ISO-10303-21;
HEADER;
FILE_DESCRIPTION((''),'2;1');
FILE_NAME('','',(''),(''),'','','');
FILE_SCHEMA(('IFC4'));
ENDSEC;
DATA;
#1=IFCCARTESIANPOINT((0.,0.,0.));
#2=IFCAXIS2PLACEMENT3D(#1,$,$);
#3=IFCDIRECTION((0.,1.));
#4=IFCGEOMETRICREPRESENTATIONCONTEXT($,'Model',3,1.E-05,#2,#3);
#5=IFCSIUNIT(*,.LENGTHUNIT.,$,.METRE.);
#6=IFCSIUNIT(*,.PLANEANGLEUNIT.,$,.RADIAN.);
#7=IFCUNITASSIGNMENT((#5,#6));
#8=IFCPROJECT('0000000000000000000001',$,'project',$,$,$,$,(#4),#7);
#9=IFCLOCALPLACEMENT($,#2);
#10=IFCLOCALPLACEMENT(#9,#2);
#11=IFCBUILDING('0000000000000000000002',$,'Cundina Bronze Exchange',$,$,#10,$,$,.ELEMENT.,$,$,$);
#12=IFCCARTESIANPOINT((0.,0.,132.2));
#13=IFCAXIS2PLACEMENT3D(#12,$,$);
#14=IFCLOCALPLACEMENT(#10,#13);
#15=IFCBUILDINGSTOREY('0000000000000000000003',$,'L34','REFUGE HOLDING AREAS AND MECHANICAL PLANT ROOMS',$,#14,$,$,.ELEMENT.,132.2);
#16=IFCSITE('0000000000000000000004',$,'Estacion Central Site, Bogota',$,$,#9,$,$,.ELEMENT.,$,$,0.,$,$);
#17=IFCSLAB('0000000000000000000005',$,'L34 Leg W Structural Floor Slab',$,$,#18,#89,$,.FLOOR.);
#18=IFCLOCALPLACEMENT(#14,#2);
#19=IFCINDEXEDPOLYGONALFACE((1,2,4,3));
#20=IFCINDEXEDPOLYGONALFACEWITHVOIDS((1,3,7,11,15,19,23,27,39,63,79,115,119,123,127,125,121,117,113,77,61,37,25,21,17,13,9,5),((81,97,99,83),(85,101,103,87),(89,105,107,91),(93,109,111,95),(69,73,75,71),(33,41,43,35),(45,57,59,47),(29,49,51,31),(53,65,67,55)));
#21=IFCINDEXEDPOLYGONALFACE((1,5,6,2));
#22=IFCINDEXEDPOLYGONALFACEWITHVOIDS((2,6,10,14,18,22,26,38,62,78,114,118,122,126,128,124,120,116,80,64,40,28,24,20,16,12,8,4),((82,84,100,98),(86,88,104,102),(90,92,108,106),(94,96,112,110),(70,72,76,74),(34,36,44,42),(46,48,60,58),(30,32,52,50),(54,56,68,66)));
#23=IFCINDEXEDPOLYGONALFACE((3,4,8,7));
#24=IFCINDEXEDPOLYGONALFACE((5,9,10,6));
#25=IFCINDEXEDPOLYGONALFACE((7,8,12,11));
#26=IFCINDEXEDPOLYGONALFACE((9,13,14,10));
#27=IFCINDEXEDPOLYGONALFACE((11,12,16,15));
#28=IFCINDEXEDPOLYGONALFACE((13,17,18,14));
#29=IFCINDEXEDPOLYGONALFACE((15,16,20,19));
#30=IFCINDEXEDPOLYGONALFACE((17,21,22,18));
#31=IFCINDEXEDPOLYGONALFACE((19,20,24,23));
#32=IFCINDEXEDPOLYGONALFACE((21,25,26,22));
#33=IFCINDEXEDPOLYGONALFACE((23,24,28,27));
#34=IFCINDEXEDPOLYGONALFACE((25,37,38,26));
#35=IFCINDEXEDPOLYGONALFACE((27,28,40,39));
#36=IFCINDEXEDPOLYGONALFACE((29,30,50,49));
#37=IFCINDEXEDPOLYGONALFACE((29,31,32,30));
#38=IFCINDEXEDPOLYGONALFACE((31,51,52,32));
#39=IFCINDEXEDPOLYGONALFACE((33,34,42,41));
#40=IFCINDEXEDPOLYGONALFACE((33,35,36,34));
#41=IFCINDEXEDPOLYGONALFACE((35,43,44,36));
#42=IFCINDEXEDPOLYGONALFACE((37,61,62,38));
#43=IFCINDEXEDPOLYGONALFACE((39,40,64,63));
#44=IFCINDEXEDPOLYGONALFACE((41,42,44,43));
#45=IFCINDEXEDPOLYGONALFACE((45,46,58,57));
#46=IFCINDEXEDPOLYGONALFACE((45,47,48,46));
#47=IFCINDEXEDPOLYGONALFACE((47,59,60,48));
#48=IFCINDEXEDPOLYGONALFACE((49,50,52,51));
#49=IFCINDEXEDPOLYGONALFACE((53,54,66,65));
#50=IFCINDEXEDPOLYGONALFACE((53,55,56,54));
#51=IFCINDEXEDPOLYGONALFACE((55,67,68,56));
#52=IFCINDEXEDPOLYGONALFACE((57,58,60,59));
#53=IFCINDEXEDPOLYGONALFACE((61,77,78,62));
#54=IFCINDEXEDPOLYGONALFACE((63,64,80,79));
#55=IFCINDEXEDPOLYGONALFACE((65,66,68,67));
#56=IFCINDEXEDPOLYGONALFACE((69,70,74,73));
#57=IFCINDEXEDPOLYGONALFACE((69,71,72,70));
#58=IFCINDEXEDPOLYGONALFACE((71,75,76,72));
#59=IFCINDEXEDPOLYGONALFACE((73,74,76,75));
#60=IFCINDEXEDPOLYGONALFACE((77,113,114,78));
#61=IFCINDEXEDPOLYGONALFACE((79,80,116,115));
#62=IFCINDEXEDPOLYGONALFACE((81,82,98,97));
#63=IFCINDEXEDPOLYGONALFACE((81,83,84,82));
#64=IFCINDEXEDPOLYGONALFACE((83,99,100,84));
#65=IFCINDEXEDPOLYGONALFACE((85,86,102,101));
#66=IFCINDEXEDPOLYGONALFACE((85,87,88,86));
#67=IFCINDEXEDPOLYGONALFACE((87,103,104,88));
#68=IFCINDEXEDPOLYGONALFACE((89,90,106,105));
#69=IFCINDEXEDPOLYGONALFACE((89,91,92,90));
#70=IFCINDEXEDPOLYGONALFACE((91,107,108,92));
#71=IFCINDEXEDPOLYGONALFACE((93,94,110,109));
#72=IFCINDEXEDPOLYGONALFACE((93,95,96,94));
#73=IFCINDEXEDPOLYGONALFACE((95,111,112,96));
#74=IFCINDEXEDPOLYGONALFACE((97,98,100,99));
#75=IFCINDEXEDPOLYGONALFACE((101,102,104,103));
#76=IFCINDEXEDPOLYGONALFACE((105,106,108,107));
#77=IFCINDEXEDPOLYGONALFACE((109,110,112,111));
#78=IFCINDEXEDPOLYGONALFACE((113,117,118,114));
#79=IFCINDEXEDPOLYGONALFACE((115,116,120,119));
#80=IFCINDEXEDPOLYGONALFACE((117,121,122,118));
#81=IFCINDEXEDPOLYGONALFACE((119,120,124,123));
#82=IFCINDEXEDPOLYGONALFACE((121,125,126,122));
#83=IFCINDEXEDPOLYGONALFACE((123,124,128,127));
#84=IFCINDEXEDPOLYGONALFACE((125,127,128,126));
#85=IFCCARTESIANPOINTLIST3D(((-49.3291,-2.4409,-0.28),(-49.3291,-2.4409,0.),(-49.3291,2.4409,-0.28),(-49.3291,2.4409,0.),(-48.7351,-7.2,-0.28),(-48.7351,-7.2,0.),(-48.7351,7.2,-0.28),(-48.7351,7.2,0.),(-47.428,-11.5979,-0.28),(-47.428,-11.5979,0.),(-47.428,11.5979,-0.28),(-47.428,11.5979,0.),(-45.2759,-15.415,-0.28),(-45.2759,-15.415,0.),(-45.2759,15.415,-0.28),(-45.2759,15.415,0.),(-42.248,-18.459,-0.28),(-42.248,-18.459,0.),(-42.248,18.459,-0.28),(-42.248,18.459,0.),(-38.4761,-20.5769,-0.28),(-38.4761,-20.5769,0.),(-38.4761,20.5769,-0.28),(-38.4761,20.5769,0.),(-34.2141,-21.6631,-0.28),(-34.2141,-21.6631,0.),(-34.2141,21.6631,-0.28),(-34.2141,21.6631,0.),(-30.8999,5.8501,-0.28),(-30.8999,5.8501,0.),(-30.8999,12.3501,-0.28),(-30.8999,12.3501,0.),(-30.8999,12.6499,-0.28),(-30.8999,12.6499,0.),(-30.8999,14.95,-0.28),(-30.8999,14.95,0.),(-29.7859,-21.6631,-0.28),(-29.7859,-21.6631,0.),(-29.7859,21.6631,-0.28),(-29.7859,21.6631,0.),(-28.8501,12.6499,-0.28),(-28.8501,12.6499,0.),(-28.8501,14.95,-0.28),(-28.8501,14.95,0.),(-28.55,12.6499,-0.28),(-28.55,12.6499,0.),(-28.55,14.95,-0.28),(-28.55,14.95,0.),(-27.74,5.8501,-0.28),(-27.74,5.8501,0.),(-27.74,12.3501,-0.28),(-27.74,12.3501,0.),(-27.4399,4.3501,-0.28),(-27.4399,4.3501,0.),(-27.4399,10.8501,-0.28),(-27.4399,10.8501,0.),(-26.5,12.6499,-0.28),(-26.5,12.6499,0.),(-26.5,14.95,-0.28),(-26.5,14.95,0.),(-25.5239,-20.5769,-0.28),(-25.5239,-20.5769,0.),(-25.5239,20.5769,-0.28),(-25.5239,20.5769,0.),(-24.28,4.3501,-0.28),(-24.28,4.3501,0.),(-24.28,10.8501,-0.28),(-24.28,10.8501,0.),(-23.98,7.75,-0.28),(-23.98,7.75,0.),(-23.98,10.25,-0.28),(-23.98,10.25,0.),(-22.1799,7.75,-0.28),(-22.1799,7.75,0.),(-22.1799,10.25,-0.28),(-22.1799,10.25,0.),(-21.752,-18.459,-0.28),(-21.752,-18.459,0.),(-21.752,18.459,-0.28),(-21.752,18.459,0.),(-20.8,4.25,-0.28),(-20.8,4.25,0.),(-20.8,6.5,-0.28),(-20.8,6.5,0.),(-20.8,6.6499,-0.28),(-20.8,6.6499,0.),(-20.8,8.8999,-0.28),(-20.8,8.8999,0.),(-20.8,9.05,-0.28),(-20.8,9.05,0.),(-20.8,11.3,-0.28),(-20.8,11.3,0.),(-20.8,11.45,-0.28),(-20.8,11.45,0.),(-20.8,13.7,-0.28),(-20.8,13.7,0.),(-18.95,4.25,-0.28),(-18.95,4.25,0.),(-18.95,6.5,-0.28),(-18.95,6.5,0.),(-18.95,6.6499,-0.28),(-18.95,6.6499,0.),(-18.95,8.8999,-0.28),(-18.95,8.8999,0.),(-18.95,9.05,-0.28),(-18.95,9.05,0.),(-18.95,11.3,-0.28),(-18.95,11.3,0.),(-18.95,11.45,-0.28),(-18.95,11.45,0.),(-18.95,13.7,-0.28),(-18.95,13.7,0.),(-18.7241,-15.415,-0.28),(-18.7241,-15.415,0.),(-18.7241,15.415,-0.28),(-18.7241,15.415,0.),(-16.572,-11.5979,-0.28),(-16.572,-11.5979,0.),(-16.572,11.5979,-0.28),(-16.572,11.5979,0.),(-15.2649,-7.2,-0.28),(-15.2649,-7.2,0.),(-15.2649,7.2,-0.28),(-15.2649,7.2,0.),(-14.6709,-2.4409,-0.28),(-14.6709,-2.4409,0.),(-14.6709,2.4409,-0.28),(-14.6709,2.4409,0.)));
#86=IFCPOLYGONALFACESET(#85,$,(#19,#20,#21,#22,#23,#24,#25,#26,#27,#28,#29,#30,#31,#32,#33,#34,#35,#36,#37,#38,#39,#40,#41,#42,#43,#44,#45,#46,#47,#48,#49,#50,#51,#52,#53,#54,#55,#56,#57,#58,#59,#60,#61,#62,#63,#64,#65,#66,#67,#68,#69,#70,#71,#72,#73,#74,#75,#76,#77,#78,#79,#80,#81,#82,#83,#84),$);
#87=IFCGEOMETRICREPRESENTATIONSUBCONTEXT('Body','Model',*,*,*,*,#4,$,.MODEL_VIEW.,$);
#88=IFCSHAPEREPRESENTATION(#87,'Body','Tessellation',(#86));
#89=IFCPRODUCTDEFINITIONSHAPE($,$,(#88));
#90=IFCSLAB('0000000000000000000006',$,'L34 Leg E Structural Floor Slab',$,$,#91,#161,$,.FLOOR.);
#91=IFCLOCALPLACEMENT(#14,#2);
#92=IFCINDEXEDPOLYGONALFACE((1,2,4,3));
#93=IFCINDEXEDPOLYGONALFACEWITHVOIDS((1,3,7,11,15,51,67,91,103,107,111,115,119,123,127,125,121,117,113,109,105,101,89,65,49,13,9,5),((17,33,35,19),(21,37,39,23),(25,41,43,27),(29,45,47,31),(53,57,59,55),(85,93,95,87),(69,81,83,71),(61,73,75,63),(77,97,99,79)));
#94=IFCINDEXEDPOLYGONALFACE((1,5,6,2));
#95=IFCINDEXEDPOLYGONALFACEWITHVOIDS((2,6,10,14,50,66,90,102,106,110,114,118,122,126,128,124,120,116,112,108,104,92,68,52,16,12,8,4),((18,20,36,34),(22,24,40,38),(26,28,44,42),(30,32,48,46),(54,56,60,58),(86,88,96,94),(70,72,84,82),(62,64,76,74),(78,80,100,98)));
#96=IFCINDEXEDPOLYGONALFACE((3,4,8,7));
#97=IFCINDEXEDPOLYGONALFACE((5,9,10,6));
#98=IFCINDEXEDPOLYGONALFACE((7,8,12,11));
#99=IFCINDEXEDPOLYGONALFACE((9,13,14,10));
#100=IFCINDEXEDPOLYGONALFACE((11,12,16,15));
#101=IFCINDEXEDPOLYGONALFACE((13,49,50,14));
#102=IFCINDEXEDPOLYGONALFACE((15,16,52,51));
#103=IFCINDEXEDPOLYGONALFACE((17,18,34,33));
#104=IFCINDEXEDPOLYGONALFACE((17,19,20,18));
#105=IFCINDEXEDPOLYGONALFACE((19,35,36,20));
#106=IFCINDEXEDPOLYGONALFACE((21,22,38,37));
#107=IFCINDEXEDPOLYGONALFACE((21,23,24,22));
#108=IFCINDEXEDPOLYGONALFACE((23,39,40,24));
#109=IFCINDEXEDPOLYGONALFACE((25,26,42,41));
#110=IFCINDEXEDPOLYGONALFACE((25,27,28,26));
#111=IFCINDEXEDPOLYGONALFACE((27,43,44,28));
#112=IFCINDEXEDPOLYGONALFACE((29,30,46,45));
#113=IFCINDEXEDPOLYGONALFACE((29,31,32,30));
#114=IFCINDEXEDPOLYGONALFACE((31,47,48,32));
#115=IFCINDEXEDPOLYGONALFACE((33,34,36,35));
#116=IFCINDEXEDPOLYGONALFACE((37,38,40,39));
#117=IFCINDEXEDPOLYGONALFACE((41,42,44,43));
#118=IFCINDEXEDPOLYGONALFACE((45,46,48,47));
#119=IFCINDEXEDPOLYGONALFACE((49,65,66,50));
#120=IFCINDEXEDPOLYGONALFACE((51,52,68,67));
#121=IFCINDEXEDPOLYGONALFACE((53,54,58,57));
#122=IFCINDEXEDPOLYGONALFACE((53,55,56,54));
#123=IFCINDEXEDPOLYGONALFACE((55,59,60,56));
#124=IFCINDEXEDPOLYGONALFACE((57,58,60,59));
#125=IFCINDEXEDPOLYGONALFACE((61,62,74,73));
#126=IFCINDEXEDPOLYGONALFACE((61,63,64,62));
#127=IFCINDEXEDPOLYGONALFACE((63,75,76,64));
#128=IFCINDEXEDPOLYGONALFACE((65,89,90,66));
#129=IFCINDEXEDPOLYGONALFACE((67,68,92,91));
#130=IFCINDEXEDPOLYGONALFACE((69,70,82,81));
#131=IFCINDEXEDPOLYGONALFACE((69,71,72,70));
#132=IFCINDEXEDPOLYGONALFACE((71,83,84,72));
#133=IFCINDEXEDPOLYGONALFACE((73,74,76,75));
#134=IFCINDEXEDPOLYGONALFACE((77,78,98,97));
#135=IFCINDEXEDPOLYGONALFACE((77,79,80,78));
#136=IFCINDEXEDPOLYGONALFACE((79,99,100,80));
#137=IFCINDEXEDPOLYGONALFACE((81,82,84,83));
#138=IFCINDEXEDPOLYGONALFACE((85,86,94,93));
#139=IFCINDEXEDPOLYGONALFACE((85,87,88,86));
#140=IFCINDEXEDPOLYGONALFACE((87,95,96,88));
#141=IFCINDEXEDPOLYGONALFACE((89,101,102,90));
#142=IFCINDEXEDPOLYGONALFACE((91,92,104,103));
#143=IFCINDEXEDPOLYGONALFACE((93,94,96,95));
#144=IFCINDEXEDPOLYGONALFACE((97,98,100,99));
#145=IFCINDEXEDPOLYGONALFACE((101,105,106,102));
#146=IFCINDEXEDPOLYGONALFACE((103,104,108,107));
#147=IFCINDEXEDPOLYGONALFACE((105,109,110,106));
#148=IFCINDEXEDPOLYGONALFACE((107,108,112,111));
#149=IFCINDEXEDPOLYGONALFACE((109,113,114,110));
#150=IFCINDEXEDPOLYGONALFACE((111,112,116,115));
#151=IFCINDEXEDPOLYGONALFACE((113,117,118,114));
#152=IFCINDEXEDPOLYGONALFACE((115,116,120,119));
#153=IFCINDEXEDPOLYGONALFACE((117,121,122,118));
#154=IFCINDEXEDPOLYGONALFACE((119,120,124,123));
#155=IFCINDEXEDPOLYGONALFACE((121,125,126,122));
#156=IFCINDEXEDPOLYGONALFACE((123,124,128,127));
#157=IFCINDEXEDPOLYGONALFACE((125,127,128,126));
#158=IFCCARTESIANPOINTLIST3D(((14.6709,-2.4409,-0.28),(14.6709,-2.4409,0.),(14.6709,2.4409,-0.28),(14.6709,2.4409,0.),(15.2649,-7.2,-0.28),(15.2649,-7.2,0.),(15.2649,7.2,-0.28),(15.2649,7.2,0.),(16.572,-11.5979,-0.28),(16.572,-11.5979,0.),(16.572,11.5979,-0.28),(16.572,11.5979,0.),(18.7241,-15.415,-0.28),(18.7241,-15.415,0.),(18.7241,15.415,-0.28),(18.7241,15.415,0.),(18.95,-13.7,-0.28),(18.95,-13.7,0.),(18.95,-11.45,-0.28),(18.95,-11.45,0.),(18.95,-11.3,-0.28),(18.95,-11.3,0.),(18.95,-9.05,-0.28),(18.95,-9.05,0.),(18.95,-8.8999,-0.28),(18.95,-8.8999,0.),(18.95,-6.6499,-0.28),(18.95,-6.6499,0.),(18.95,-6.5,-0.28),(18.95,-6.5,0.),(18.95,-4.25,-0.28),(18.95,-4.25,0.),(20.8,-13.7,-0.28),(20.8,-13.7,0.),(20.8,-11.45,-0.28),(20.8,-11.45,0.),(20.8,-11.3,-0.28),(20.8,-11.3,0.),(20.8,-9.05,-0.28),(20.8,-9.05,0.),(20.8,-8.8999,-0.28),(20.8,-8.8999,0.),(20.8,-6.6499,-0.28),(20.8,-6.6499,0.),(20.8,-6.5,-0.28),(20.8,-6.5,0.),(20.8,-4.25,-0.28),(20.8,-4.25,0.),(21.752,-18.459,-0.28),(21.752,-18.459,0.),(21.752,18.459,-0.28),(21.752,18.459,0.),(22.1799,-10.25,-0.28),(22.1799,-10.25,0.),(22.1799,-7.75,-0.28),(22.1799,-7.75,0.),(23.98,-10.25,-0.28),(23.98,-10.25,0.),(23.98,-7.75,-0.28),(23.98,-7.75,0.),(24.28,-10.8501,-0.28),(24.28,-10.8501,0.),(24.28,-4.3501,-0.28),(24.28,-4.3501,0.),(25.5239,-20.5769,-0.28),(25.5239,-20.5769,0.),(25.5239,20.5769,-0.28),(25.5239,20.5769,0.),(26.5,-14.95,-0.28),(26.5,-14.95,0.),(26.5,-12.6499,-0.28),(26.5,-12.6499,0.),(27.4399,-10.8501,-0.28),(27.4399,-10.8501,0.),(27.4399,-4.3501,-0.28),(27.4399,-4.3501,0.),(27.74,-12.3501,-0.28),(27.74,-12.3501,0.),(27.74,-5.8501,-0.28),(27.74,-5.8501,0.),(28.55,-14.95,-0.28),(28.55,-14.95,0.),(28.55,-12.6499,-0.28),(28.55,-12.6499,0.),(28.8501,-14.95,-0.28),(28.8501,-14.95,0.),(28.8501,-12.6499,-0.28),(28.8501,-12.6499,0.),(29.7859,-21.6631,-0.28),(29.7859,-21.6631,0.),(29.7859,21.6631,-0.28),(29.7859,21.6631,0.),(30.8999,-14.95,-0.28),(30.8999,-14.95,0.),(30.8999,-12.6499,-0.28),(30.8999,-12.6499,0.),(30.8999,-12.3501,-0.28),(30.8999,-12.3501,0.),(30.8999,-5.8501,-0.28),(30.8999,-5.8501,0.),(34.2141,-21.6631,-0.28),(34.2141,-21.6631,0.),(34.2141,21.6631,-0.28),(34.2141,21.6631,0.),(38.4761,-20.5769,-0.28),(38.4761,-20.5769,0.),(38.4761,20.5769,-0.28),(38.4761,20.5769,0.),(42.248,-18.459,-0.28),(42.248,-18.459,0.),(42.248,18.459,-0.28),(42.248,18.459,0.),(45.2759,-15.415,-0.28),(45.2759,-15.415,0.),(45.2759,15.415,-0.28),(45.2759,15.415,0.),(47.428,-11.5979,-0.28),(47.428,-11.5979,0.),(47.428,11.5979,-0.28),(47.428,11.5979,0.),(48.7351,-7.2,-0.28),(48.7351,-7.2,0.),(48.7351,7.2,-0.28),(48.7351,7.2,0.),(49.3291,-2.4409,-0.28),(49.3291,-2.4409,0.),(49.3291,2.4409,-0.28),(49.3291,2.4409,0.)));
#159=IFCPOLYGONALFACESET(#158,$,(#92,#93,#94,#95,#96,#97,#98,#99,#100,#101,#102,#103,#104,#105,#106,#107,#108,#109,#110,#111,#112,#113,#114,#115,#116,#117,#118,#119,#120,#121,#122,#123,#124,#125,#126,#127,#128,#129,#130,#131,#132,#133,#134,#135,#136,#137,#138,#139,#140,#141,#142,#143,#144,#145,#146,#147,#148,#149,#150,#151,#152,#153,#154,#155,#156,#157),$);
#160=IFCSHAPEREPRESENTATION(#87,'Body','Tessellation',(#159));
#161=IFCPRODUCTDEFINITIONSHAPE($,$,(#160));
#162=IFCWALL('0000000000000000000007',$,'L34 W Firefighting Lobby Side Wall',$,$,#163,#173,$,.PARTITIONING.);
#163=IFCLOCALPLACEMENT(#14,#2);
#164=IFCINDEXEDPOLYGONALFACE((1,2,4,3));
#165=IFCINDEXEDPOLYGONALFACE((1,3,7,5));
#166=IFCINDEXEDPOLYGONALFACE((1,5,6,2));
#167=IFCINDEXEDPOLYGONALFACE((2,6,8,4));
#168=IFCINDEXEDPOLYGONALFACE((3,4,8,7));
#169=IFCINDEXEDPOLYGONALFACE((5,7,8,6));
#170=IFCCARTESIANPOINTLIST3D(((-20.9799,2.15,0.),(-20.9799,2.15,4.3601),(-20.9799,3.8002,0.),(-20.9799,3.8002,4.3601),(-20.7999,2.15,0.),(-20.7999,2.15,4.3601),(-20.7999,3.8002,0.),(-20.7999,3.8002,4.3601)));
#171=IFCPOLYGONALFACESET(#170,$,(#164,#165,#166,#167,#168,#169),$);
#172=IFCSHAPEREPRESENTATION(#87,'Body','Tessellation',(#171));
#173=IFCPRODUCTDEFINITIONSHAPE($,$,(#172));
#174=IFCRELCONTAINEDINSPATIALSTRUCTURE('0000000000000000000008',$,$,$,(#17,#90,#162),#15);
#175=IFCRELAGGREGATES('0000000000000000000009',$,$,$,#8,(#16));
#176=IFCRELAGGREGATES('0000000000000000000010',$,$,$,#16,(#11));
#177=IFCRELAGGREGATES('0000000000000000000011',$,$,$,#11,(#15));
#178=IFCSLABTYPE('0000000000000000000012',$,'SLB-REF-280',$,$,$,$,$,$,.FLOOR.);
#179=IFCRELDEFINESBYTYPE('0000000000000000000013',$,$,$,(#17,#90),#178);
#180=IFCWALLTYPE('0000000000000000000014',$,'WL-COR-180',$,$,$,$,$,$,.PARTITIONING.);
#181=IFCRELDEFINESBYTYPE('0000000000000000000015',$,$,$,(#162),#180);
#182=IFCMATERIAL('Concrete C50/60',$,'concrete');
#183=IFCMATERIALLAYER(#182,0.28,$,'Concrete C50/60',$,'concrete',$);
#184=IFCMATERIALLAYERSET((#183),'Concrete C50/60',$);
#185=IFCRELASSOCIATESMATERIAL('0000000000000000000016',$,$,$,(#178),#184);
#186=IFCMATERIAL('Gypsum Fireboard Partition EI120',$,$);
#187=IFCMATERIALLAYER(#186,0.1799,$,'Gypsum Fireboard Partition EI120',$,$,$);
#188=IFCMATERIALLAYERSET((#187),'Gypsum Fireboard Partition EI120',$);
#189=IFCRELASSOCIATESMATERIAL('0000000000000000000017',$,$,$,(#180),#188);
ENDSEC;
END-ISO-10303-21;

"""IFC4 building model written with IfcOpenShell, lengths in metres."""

from ifc_helpers import new_model, si_unit, direction, frame, frame_2d, origin, place, context, subcontext, project, spatial, polyline, rectangle, outline, extrude, material, layer, layer_set, type_object, element, save


model = new_model("IFC4")

# Units and contexts
model_context = context("Model", 3, precision=1e-05, world=origin(), true_north=direction((0.0, 1.0)))
body_context = subcontext(model_context, "Body", "Model", "MODEL_VIEW")
ifc_project = project(units=[si_unit("LENGTHUNIT", "METRE"), si_unit("PLANEANGLEUNIT", "RADIAN")], contexts=[model_context])

# Site, building, storey
site_placement = place(None, origin())
site = spatial("IfcSite", under=ifc_project, at=site_placement, Name="Estacion Central Site, Bogota", CompositionType="ELEMENT", RefElevation=0.0)
building_placement = place(site_placement, origin())
building = spatial("IfcBuilding", under=site, at=building_placement, Name="Cundina Bronze Exchange", CompositionType="ELEMENT")
storey_placement = place(building_placement, frame((0.0, 0.0, 132.2)))
storey = spatial("IfcBuildingStorey", under=building, at=storey_placement, Name="L34", Description="REFUGE HOLDING AREAS AND MECHANICAL PLANT ROOMS", CompositionType="ELEMENT", Elevation=132.2)

# Slabs
ifc_material_1 = material(Name="Concrete C50/60", Category="concrete")
ifc_layer_1 = layer(ifc_material_1, 0.28, Name="Concrete C50/60", Category="concrete")
ifc_layer_set_1 = layer_set([ifc_layer_1], Name="Concrete C50/60")
slab_type = type_object("IfcSlabType", Name="SLB-REF-280", PredefinedType="FLOOR", material=ifc_layer_set_1)
slab_1_placement = place(storey_placement, frame((0.0, 0.0, -0.28)))
element("IfcSlab", 1, at=slab_1_placement, inside=storey, type_object=slab_type, Name="L34 Leg W Structural Floor Slab", PredefinedType="FLOOR", context=body_context, shape_type="SweptSolid", body=[
    extrude(outline(polyline([(-14.6709, 2.4409), (-15.2649, 7.2), (-16.572, 11.5979), (-18.7241, 15.415), (-21.752, 18.459), (-25.5239, 20.5769), (-29.7859, 21.6631), (-34.2141, 21.6631), (-38.4761, 20.5769), (-42.248, 18.459), (-45.2759, 15.415), (-47.428, 11.5979), (-48.7351, 7.2), (-49.3291, 2.4409), (-49.3291, -2.4409), (-48.7351, -7.2), (-47.428, -11.5979), (-45.2759, -15.415), (-42.248, -18.459), (-38.4761, -20.5769), (-34.2141, -21.6631), (-29.7859, -21.6631), (-25.5239, -20.5769), (-21.752, -18.459), (-18.7241, -15.415), (-16.572, -11.5979), (-15.2649, -7.2), (-14.6709, -2.4409), (-14.6709, 2.4409)]), holes=[polyline([(-27.74, 5.8501), (-27.74, 12.3501), (-30.8999, 12.3501), (-30.8999, 5.8501), (-27.74, 5.8501)]), polyline([(-27.4399, 10.8501), (-27.4399, 4.3501), (-24.28, 4.3501), (-24.28, 10.8501), (-27.4399, 10.8501)]), polyline([(-23.98, 10.25), (-22.1799, 10.25), (-22.1799, 7.75), (-23.98, 7.75), (-23.98, 10.25)]), polyline([(-30.8999, 14.95), (-28.8501, 14.95), (-28.8501, 12.6499), (-30.8999, 12.6499), (-30.8999, 14.95)]), polyline([(-28.55, 14.95), (-26.5, 14.95), (-26.5, 12.6499), (-28.55, 12.6499), (-28.55, 14.95)]), polyline([(-20.8, 13.7), (-18.95, 13.7), (-18.95, 11.45), (-20.8, 11.45), (-20.8, 13.7)]), polyline([(-20.8, 11.3), (-18.95, 11.3), (-18.95, 9.05), (-20.8, 9.05), (-20.8, 11.3)]), polyline([(-20.8, 8.8999), (-18.95, 8.8999), (-18.95, 6.6499), (-20.8, 6.6499), (-20.8, 8.8999)]), polyline([(-20.8, 6.5), (-18.95, 6.5), (-18.95, 4.25), (-20.8, 4.25), (-20.8, 6.5)])]), origin(), (0.0, 0.0, 1.0), 0.28),
])
slab_2_placement = place(storey_placement, frame((0.0, 0.0, -0.28)))
element("IfcSlab", 2, at=slab_2_placement, inside=storey, type_object=slab_type, Name="L34 Leg E Structural Floor Slab", PredefinedType="FLOOR", context=body_context, shape_type="SweptSolid", body=[
    extrude(outline(polyline([(49.3291, 2.4409), (48.7351, 7.2), (47.428, 11.5979), (45.2759, 15.415), (42.248, 18.459), (38.4761, 20.5769), (34.2141, 21.6631), (29.7859, 21.6631), (25.5239, 20.5769), (21.752, 18.459), (18.7241, 15.415), (16.572, 11.5979), (15.2649, 7.2), (14.6709, 2.4409), (14.6709, -2.4409), (15.2649, -7.2), (16.572, -11.5979), (18.7241, -15.415), (21.752, -18.459), (25.5239, -20.5769), (29.7859, -21.6631), (34.2141, -21.6631), (38.4761, -20.5769), (42.248, -18.459), (45.2759, -15.415), (47.428, -11.5979), (48.7351, -7.2), (49.3291, -2.4409), (49.3291, 2.4409)]), holes=[polyline([(27.74, -5.8501), (27.74, -12.3501), (30.8999, -12.3501), (30.8999, -5.8501), (27.74, -5.8501)]), polyline([(27.4399, -10.8501), (27.4399, -4.3501), (24.28, -4.3501), (24.28, -10.8501), (27.4399, -10.8501)]), polyline([(22.1799, -7.75), (23.98, -7.75), (23.98, -10.25), (22.1799, -10.25), (22.1799, -7.75)]), polyline([(28.8501, -12.6499), (30.8999, -12.6499), (30.8999, -14.95), (28.8501, -14.95), (28.8501, -12.6499)]), polyline([(26.5, -12.6499), (28.55, -12.6499), (28.55, -14.95), (26.5, -14.95), (26.5, -12.6499)]), polyline([(18.95, -11.45), (20.8, -11.45), (20.8, -13.7), (18.95, -13.7), (18.95, -11.45)]), polyline([(18.95, -9.05), (20.8, -9.05), (20.8, -11.3), (18.95, -11.3), (18.95, -9.05)]), polyline([(18.95, -6.6499), (20.8, -6.6499), (20.8, -8.8999), (18.95, -8.8999), (18.95, -6.6499)]), polyline([(18.95, -4.25), (20.8, -4.25), (20.8, -6.5), (18.95, -6.5), (18.95, -4.25)])]), origin(), (0.0, 0.0, 1.0), 0.28),
])

# Wall
ifc_material_2 = material(Name="Gypsum Fireboard Partition EI120")
ifc_layer_2 = layer(ifc_material_2, 0.1799, Name="Gypsum Fireboard Partition EI120")
ifc_layer_set_2 = layer_set([ifc_layer_2], Name="Gypsum Fireboard Partition EI120")
wall_type_1 = type_object("IfcWallType", Name="WL-COR-180", PredefinedType="PARTITIONING", material=ifc_layer_set_2)
wall_1_placement = place(storey_placement, frame((-20.8899, 2.1499, 0.0), z_axis=(0.0, 0.0, 1.0), x_axis=(0.0, 1.0, 0.0)))
element("IfcWall", 3, at=wall_1_placement, inside=storey, type_object=wall_type_1, Name="L34 W Firefighting Lobby Side Wall", PredefinedType="PARTITIONING", context=body_context, shape_type="SweptSolid", body=[
    extrude(rectangle(XDim=1.6501, YDim=0.1799, at=frame_2d((0.8252, 0.0))), origin(), (0.0, 0.0, 1.0), 4.3601),
])

save(model, "model.ifc")
